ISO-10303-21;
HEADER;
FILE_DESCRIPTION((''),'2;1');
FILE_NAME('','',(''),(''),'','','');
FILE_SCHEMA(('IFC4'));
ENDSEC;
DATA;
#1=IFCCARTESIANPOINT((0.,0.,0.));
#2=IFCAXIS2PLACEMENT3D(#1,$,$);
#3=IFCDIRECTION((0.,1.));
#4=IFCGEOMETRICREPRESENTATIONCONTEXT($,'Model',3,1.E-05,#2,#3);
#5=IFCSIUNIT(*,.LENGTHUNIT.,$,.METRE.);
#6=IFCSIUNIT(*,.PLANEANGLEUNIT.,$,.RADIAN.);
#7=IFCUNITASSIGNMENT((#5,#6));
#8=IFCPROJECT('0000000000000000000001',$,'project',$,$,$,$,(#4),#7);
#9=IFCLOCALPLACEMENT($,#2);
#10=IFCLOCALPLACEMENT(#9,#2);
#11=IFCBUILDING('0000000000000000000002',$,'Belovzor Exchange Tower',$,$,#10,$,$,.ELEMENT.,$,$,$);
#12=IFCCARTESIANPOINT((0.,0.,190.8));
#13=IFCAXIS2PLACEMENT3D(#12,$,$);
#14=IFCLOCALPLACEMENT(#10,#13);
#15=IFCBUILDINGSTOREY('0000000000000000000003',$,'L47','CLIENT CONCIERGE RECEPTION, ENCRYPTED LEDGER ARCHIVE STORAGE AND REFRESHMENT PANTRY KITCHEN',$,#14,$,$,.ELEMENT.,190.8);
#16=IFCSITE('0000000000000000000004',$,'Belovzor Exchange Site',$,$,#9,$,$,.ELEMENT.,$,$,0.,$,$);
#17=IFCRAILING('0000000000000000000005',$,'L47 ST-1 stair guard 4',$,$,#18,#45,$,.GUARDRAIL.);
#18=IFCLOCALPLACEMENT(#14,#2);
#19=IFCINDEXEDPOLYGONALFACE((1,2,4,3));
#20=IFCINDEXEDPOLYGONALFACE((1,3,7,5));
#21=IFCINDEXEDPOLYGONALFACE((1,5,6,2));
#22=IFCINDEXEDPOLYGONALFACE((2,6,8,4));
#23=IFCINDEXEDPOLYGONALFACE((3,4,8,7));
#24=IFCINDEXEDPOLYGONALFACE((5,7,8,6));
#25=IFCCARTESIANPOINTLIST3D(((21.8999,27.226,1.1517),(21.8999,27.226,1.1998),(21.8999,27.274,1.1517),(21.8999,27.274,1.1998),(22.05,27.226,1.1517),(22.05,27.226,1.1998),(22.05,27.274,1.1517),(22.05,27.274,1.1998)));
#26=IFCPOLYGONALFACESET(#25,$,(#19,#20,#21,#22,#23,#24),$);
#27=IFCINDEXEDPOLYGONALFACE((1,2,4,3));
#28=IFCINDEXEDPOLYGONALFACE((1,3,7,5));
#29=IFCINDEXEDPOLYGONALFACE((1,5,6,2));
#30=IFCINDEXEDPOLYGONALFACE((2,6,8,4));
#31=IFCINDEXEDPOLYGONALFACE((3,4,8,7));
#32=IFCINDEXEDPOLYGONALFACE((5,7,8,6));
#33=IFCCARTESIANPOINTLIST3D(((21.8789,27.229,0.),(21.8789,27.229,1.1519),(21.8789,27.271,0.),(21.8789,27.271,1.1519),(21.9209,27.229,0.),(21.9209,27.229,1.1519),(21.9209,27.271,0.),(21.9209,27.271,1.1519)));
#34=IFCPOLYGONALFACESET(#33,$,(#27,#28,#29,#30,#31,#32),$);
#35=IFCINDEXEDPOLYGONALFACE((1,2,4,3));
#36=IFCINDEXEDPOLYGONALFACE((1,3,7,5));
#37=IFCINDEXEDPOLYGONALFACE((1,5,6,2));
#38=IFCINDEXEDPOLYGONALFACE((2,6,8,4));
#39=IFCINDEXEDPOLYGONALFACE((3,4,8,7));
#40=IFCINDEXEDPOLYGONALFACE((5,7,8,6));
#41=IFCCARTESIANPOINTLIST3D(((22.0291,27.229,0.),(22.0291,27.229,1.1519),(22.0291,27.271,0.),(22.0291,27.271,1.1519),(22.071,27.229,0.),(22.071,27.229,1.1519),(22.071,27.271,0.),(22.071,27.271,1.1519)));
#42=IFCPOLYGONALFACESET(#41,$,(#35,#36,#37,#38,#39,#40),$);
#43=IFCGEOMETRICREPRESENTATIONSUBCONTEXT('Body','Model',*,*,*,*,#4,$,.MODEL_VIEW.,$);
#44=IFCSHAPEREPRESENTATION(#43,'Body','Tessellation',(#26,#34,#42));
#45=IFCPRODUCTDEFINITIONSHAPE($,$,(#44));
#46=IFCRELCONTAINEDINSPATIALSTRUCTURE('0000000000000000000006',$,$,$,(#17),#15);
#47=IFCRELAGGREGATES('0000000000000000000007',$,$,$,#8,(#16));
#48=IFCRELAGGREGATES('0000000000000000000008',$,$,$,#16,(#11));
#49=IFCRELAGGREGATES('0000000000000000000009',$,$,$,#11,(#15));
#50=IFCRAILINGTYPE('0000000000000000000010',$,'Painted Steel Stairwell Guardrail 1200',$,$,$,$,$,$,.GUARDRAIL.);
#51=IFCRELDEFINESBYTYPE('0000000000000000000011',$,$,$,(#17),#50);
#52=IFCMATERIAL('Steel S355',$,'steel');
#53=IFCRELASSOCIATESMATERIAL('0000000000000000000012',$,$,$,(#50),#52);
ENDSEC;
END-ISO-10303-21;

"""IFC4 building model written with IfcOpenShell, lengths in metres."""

from ifc_helpers import new_model, si_unit, direction, frame, origin, origin_2d, place, context, subcontext, project, spatial, rectangle, extrude, material, type_object, element, save


model = new_model("IFC4")

# Units and contexts
model_context = context("Model", 3, precision=1e-05, world=origin(), true_north=direction((0.0, 1.0)))
body_context = subcontext(model_context, "Body", "Model", "MODEL_VIEW")
ifc_project = project(units=[si_unit("LENGTHUNIT", "METRE"), si_unit("PLANEANGLEUNIT", "RADIAN")], contexts=[model_context])

# Site, building, storey
site_placement = place(None, origin())
site = spatial("IfcSite", under=ifc_project, at=site_placement, Name="Belovzor Exchange Site", CompositionType="ELEMENT", RefElevation=0.0)
building_placement = place(site_placement, origin())
building = spatial("IfcBuilding", under=site, at=building_placement, Name="Belovzor Exchange Tower", CompositionType="ELEMENT")
storey_placement = place(building_placement, frame((0.0, 0.0, 190.8)))
storey = spatial("IfcBuildingStorey", under=building, at=storey_placement, Name="L47", Description="CLIENT CONCIERGE RECEPTION, ENCRYPTED LEDGER ARCHIVE STORAGE AND REFRESHMENT PANTRY KITCHEN", CompositionType="ELEMENT", Elevation=190.8)

# Railing
ifc_material_1 = material(Name="Steel S355", Category="steel")
railing_type_1 = type_object("IfcRailingType", Name="Painted Steel Stairwell Guardrail 1200", PredefinedType="GUARDRAIL", material=ifc_material_1)
railing_1_placement = place(storey_placement, frame((21.8999, 27.25, 0.0)))
element("IfcRailing", 1, at=railing_1_placement, inside=storey, type_object=railing_type_1, Name="L47 ST-1 stair guard 4", PredefinedType="GUARDRAIL", context=body_context, shape_type="SweptSolid", body=[
    extrude(rectangle(XDim=0.0481, YDim=0.0481, at=origin_2d()), frame((0.0, 0.0, 1.1758), z_axis=(1.0, 0.0, 0.0), x_axis=(0.0, 1.0, 0.0)), (0.0, 0.0, 1.0), 0.1501),
    extrude(rectangle(XDim=0.042, YDim=0.042, at=origin_2d()), origin(), (0.0, 0.0, 1.0), 1.1519),
    extrude(rectangle(XDim=0.042, YDim=0.042, at=origin_2d()), frame((0.1501, 0.0, 0.0)), (0.0, 0.0, 1.0), 1.1519),
])

save(model, "model.ifc")
